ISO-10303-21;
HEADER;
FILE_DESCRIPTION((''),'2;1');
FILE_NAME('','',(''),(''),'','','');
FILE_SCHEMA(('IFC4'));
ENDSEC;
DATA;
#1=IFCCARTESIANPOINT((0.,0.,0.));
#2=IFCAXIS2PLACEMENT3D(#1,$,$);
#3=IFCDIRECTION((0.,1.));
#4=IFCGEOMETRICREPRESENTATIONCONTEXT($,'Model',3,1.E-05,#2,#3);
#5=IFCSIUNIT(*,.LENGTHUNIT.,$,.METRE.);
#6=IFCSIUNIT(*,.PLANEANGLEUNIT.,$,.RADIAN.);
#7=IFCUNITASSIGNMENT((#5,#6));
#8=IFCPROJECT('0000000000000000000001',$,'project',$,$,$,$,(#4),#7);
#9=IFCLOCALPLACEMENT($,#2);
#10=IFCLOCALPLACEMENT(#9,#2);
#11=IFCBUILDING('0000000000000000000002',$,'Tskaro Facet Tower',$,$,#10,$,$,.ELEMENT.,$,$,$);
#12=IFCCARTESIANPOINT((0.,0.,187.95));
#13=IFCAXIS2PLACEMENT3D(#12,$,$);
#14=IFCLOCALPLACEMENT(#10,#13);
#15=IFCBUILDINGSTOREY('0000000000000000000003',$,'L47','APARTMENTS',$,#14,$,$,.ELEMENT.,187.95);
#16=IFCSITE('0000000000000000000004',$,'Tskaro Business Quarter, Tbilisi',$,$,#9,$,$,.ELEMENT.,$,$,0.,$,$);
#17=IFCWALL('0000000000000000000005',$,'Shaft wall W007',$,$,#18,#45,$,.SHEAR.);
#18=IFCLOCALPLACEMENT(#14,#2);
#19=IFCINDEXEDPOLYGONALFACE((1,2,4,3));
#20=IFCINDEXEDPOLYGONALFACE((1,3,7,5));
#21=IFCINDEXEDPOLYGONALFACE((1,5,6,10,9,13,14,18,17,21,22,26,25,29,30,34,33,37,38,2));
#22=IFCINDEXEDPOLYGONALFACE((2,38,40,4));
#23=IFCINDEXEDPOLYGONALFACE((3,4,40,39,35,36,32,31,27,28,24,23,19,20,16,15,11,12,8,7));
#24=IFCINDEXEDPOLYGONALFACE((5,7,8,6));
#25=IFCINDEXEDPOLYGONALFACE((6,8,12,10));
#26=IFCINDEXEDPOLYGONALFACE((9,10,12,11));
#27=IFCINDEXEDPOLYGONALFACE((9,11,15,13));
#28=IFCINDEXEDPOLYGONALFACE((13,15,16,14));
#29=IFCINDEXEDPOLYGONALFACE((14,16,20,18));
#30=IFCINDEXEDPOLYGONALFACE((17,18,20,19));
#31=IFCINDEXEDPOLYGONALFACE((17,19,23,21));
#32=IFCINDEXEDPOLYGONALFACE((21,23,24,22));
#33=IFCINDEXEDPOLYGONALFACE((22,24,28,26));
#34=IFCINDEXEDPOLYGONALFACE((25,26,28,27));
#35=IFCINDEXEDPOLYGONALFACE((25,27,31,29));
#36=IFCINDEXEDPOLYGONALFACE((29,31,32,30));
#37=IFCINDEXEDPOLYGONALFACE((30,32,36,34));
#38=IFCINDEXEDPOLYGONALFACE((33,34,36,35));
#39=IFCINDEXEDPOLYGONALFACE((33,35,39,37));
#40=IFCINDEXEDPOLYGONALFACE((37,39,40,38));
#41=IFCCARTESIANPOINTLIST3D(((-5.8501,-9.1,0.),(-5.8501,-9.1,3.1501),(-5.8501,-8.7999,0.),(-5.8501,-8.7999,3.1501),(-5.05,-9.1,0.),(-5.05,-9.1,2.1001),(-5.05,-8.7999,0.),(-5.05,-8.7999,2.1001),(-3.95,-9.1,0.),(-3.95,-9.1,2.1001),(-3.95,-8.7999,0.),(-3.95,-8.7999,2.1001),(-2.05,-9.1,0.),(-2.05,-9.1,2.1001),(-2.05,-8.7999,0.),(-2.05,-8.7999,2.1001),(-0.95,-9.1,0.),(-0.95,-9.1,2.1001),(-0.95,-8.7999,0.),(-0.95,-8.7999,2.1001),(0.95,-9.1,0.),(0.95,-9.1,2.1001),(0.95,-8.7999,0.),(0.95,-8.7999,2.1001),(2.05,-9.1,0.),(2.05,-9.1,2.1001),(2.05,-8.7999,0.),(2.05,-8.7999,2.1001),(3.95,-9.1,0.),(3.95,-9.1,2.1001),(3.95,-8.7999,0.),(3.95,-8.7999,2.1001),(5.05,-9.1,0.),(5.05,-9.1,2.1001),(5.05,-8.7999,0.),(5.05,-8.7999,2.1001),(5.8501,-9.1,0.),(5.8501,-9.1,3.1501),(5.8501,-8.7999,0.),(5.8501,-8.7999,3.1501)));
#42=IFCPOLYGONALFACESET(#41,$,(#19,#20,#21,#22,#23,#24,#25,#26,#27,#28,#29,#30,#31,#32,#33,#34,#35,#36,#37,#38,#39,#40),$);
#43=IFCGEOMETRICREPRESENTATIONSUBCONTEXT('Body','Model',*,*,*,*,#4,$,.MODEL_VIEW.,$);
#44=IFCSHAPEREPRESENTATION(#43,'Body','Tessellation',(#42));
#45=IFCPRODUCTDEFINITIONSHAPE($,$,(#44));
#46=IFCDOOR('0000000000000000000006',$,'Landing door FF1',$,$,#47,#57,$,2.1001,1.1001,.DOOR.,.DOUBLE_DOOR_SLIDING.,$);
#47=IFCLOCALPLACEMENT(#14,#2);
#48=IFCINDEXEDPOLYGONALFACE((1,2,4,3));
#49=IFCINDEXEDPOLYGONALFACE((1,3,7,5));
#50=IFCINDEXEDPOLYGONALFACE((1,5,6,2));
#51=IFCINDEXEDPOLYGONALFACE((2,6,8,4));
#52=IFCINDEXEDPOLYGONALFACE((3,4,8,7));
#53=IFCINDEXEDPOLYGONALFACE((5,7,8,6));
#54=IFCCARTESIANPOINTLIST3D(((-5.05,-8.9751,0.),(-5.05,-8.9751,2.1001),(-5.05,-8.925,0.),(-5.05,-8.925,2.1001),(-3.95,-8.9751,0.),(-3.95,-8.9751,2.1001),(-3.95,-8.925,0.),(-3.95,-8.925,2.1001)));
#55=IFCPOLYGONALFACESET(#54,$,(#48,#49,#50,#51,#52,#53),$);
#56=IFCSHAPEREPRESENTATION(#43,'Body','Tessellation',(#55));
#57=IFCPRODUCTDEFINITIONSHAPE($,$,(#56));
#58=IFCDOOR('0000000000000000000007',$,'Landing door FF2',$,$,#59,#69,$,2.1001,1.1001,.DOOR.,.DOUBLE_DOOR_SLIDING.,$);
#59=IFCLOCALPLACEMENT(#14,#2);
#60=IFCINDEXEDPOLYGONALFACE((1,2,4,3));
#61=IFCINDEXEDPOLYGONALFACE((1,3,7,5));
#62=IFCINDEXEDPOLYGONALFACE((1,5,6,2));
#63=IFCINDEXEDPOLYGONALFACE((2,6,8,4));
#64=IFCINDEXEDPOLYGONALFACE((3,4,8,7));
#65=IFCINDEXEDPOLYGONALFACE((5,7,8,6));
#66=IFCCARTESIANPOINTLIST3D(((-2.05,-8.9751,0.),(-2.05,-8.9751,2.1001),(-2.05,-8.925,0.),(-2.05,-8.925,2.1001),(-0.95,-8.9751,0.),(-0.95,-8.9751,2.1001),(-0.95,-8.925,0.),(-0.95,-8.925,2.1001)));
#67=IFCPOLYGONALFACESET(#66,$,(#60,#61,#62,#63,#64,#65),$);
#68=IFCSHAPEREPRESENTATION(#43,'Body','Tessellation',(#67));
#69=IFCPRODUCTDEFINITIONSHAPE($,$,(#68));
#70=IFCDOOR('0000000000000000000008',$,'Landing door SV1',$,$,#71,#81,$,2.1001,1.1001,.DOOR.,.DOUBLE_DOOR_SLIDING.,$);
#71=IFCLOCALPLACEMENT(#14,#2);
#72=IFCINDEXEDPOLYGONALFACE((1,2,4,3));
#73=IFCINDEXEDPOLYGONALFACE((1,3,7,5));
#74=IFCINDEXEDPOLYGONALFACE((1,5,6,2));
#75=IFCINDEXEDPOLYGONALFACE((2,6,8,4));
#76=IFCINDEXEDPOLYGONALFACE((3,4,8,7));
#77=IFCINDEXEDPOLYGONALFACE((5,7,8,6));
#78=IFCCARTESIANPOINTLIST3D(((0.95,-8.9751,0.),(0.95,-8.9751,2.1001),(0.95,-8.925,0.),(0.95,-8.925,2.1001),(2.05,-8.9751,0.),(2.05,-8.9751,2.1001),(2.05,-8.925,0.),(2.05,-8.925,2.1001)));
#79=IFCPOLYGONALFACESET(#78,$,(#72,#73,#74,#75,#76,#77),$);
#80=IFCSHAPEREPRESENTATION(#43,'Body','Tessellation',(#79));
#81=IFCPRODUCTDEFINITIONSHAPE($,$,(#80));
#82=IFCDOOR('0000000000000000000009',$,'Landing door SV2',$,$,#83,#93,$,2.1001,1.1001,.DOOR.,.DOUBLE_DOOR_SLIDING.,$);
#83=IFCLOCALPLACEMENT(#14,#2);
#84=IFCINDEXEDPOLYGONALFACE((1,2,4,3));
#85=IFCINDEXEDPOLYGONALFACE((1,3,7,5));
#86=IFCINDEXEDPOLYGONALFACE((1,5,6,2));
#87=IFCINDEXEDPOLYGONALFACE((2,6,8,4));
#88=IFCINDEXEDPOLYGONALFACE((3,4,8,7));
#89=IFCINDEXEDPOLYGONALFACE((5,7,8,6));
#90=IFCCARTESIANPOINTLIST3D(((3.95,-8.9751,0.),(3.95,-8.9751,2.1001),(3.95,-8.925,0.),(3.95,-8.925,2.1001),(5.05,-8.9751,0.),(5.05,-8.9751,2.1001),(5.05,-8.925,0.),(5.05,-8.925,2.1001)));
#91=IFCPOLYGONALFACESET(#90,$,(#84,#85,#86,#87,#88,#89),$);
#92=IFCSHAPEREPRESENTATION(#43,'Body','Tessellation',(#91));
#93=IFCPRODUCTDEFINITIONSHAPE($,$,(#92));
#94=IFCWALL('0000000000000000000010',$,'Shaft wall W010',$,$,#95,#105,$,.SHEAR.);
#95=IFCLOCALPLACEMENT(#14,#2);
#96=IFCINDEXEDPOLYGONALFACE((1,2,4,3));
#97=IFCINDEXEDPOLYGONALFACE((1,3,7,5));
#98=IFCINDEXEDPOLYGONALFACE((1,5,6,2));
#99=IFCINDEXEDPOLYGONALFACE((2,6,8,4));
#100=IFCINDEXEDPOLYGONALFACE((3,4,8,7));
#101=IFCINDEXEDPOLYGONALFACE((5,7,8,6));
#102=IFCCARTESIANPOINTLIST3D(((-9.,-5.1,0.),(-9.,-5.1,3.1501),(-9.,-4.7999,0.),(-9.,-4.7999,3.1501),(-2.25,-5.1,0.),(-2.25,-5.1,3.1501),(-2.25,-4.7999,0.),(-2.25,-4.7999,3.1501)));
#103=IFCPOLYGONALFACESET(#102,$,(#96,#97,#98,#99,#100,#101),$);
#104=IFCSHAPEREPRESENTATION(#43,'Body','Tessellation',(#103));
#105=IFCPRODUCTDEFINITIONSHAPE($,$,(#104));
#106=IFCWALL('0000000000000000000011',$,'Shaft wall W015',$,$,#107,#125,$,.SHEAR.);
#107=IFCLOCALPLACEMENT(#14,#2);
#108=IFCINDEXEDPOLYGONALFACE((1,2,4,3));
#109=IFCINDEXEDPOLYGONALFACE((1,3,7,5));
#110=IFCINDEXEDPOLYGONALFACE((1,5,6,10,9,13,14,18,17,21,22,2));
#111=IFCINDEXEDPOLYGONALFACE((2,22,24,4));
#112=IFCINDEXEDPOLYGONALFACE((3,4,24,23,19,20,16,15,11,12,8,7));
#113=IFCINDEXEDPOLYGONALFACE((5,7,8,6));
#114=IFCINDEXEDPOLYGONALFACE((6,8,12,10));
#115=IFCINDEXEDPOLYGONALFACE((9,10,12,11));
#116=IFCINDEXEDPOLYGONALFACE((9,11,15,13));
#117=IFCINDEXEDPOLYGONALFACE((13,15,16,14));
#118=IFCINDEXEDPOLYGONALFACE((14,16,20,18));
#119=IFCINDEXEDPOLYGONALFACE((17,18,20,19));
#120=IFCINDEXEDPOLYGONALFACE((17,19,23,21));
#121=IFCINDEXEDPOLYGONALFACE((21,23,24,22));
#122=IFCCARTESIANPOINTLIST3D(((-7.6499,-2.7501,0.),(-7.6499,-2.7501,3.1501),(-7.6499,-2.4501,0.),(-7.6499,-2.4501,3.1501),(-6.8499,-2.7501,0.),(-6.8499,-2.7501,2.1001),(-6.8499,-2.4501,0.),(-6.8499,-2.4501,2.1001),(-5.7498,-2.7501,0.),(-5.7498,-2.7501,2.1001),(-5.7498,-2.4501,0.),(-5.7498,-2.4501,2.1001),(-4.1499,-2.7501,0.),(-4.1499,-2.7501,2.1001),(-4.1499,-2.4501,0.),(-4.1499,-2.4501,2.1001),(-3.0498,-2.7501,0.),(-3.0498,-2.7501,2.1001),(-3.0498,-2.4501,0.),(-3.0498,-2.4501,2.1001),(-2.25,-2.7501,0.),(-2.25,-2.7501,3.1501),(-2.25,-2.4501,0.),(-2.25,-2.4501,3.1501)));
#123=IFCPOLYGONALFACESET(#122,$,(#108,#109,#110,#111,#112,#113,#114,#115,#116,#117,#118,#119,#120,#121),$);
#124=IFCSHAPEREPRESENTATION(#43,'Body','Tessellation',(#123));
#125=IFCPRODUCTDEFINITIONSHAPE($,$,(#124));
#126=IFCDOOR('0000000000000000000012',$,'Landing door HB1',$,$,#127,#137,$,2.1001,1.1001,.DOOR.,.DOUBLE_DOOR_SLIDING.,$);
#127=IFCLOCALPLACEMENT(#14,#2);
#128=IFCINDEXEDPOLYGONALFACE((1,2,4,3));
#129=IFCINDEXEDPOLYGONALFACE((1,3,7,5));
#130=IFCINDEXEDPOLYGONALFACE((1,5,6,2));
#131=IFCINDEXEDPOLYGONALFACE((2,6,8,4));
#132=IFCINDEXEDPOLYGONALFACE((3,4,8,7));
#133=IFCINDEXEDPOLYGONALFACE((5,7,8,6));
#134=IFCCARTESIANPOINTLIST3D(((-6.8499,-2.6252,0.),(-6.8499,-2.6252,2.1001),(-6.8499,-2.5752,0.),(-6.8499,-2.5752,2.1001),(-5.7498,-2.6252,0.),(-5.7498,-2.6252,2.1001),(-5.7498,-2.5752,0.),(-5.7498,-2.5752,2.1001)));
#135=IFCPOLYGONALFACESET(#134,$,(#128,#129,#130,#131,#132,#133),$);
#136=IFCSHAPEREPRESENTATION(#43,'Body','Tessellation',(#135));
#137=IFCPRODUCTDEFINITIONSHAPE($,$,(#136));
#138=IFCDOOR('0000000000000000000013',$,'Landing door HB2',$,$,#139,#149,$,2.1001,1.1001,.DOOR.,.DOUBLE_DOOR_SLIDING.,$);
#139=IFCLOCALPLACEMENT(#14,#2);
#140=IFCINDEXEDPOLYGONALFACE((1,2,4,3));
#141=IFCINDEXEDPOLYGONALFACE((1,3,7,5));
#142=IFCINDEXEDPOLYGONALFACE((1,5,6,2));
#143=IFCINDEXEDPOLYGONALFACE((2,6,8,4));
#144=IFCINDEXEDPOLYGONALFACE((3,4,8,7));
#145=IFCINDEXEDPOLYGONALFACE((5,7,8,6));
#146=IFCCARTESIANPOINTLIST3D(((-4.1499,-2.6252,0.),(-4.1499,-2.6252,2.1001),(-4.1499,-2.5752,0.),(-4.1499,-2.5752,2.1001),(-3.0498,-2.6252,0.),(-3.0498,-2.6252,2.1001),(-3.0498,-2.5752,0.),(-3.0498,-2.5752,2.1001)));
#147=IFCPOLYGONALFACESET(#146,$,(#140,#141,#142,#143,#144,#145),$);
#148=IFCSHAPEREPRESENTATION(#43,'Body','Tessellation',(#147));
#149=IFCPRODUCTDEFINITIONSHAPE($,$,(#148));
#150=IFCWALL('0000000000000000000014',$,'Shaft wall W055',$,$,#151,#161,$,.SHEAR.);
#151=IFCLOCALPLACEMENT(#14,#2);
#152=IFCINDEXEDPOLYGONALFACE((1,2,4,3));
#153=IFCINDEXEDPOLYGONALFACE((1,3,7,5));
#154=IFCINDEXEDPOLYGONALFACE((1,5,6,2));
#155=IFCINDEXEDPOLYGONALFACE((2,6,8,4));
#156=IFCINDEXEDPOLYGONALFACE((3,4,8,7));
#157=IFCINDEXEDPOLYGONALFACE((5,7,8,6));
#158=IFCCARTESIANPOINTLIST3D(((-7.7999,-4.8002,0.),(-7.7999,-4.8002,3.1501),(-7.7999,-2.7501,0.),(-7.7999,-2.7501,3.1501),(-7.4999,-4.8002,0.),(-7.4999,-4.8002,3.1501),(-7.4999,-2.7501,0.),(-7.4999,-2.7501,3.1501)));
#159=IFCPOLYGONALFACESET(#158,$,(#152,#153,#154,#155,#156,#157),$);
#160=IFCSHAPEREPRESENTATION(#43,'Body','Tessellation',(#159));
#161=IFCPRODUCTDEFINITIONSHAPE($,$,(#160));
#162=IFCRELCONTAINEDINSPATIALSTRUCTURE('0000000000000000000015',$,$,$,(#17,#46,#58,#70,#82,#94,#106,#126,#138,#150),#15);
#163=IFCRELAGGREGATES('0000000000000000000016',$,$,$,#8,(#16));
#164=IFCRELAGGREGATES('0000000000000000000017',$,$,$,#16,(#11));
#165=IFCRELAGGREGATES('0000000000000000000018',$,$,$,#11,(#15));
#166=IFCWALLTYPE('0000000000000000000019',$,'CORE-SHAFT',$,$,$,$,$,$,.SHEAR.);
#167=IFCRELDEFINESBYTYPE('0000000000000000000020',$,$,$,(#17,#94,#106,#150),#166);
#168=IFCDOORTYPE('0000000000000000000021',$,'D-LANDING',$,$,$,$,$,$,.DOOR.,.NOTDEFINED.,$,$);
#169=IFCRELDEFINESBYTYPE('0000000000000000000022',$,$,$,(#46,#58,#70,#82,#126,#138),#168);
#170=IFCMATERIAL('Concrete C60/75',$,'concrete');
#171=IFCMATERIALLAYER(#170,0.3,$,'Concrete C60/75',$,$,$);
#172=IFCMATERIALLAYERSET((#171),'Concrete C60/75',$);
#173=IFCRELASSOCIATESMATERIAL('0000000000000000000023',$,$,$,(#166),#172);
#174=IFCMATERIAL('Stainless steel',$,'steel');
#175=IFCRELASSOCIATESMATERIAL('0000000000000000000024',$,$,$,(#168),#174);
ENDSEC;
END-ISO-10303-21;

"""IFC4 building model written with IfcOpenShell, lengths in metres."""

from ifc_helpers import new_model, si_unit, direction, frame, frame_2d, origin, place, context, subcontext, project, spatial, rectangle, extrude, material, layer, layer_set, type_object, element, fill, save


model = new_model("IFC4")

# Units and contexts
model_context = context("Model", 3, precision=1e-05, world=origin(), true_north=direction((0.0, 1.0)))
body_context = subcontext(model_context, "Body", "Model", "MODEL_VIEW")
ifc_project = project(units=[si_unit("LENGTHUNIT", "METRE"), si_unit("PLANEANGLEUNIT", "RADIAN")], contexts=[model_context])

# Site, building, storey
site_placement = place(None, origin())
site = spatial("IfcSite", under=ifc_project, at=site_placement, Name="Tskaro Business Quarter, Tbilisi", CompositionType="ELEMENT", RefElevation=0.0)
building_placement = place(site_placement, origin())
building = spatial("IfcBuilding", under=site, at=building_placement, Name="Tskaro Facet Tower", CompositionType="ELEMENT")
storey_placement = place(building_placement, frame((0.0, 0.0, 187.95)))
storey = spatial("IfcBuildingStorey", under=building, at=storey_placement, Name="L47", Description="APARTMENTS", CompositionType="ELEMENT", Elevation=187.95)

# Wall, openings, doors
ifc_material_1 = material(Name="Concrete C60/75", Category="concrete")
ifc_layer_1 = layer(ifc_material_1, 0.3, Name="Concrete C60/75")
ifc_layer_set_1 = layer_set([ifc_layer_1], Name="Concrete C60/75")
wall_type_1 = type_object("IfcWallType", Name="CORE-SHAFT", PredefinedType="SHEAR", material=ifc_layer_set_1)
wall_1_placement = place(storey_placement, frame((-5.8501, -8.95, 0.0), z_axis=(0.0, 0.0, 1.0), x_axis=(1.0, 0.0, 0.0)))
wall_1 = element("IfcWall", 1, at=wall_1_placement, inside=storey, type_object=wall_type_1, Name="Shaft wall W007", PredefinedType="SHEAR", context=body_context, shape_type="SweptSolid", body=[
    extrude(rectangle(XDim=11.7002, YDim=0.3, at=frame_2d((5.8501, 0.0))), origin(), (0.0, 0.0, 1.0), 3.1501),
])
opening_1_placement = place(wall_1_placement, frame((0.8, 0.0, 0.0)))
opening_1 = element("IfcOpeningElement", 2, at=opening_1_placement, cuts=wall_1, PredefinedType="OPENING", context=body_context, shape_type="SweptSolid", body=[
    extrude(rectangle(XDim=1.1001, YDim=2.1001, at=frame_2d((0.55, 1.05))), frame((0.0, 0.1599, 0.0), z_axis=(0.0, -1.0, 0.0), x_axis=(1.0, 0.0, 0.0)), (0.0, 0.0, 1.0), 0.3201),
])
opening_2_placement = place(wall_1_placement, frame((3.8, 0.0, 0.0)))
opening_2 = element("IfcOpeningElement", 3, at=opening_2_placement, cuts=wall_1, PredefinedType="OPENING", context=body_context, shape_type="SweptSolid", body=[
    extrude(rectangle(XDim=1.1001, YDim=2.1001, at=frame_2d((0.55, 1.05))), frame((0.0, 0.1599, 0.0), z_axis=(0.0, -1.0, 0.0), x_axis=(1.0, 0.0, 0.0)), (0.0, 0.0, 1.0), 0.3201),
])
opening_3_placement = place(wall_1_placement, frame((6.8, 0.0, 0.0)))
opening_3 = element("IfcOpeningElement", 4, at=opening_3_placement, cuts=wall_1, PredefinedType="OPENING", context=body_context, shape_type="SweptSolid", body=[
    extrude(rectangle(XDim=1.1001, YDim=2.1001, at=frame_2d((0.55, 1.05))), frame((0.0, 0.1599, 0.0), z_axis=(0.0, -1.0, 0.0), x_axis=(1.0, 0.0, 0.0)), (0.0, 0.0, 1.0), 0.3201),
])
opening_4_placement = place(wall_1_placement, frame((9.8, 0.0, 0.0)))
opening_4 = element("IfcOpeningElement", 5, at=opening_4_placement, cuts=wall_1, PredefinedType="OPENING", context=body_context, shape_type="SweptSolid", body=[
    extrude(rectangle(XDim=1.1001, YDim=2.1001, at=frame_2d((0.55, 1.05))), frame((0.0, 0.1599, 0.0), z_axis=(0.0, -1.0, 0.0), x_axis=(1.0, 0.0, 0.0)), (0.0, 0.0, 1.0), 0.3201),
])
ifc_material_2 = material(Name="Stainless steel", Category="steel")
door_type_1 = type_object("IfcDoorType", Name="D-LANDING", OperationType="NOTDEFINED", PredefinedType="DOOR", material=ifc_material_2)
door_1_placement = place(opening_1_placement, origin())
door_1 = element("IfcDoor", 6, at=door_1_placement, inside=storey, type_object=door_type_1, Name="Landing door FF1", OperationType="DOUBLE_DOOR_SLIDING", OverallHeight=2.1001, OverallWidth=1.1001, PredefinedType="DOOR", context=body_context, shape_type="SweptSolid", body=[
    extrude(rectangle(XDim=1.1001, YDim=2.1001, at=frame_2d((0.55, 1.05))), frame((0.0, 0.0249, 0.0), z_axis=(0.0, -1.0, 0.0), x_axis=(1.0, 0.0, 0.0)), (0.0, 0.0, 1.0), 0.05),
])
fill(opening_1, door_1)
door_2_placement = place(opening_2_placement, origin())
door_2 = element("IfcDoor", 7, at=door_2_placement, inside=storey, type_object=door_type_1, Name="Landing door FF2", OperationType="DOUBLE_DOOR_SLIDING", OverallHeight=2.1001, OverallWidth=1.1001, PredefinedType="DOOR", context=body_context, shape_type="SweptSolid", body=[
    extrude(rectangle(XDim=1.1001, YDim=2.1001, at=frame_2d((0.55, 1.05))), frame((0.0, 0.0249, 0.0), z_axis=(0.0, -1.0, 0.0), x_axis=(1.0, 0.0, 0.0)), (0.0, 0.0, 1.0), 0.05),
])
fill(opening_2, door_2)
door_3_placement = place(opening_3_placement, origin())
door_3 = element("IfcDoor", 8, at=door_3_placement, inside=storey, type_object=door_type_1, Name="Landing door SV1", OperationType="DOUBLE_DOOR_SLIDING", OverallHeight=2.1001, OverallWidth=1.1001, PredefinedType="DOOR", context=body_context, shape_type="SweptSolid", body=[
    extrude(rectangle(XDim=1.1001, YDim=2.1001, at=frame_2d((0.55, 1.05))), frame((0.0, 0.0249, 0.0), z_axis=(0.0, -1.0, 0.0), x_axis=(1.0, 0.0, 0.0)), (0.0, 0.0, 1.0), 0.05),
])
fill(opening_3, door_3)
door_4_placement = place(opening_4_placement, origin())
door_4 = element("IfcDoor", 9, at=door_4_placement, inside=storey, type_object=door_type_1, Name="Landing door SV2", OperationType="DOUBLE_DOOR_SLIDING", OverallHeight=2.1001, OverallWidth=1.1001, PredefinedType="DOOR", context=body_context, shape_type="SweptSolid", body=[
    extrude(rectangle(XDim=1.1001, YDim=2.1001, at=frame_2d((0.55, 1.05))), frame((0.0, 0.0249, 0.0), z_axis=(0.0, -1.0, 0.0), x_axis=(1.0, 0.0, 0.0)), (0.0, 0.0, 1.0), 0.05),
])
fill(opening_4, door_4)

# Wall
wall_2_placement = place(storey_placement, frame((-9.0, -4.95, 0.0), z_axis=(0.0, 0.0, 1.0), x_axis=(1.0, 0.0, 0.0)))
element("IfcWall", 10, at=wall_2_placement, inside=storey, type_object=wall_type_1, Name="Shaft wall W010", PredefinedType="SHEAR", context=body_context, shape_type="SweptSolid", body=[
    extrude(rectangle(XDim=6.75, YDim=0.3, at=frame_2d((3.375, 0.0))), origin(), (0.0, 0.0, 1.0), 3.1501),
])

# Wall, openings, doors
wall_3_placement = place(storey_placement, frame((-7.6499, -2.6001, 0.0), z_axis=(0.0, 0.0, 1.0), x_axis=(1.0, 0.0, 0.0)))
wall_3 = element("IfcWall", 11, at=wall_3_placement, inside=storey, type_object=wall_type_1, Name="Shaft wall W015", PredefinedType="SHEAR", context=body_context, shape_type="SweptSolid", body=[
    extrude(rectangle(XDim=5.3999, YDim=0.3, at=frame_2d((2.7, 0.0))), origin(), (0.0, 0.0, 1.0), 3.1501),
])
opening_5_placement = place(wall_3_placement, frame((0.8, 0.0, 0.0)))
opening_5 = element("IfcOpeningElement", 12, at=opening_5_placement, cuts=wall_3, PredefinedType="OPENING", context=body_context, shape_type="SweptSolid", body=[
    extrude(rectangle(XDim=1.1001, YDim=2.1001, at=frame_2d((0.55, 1.05))), frame((0.0, 0.1599, 0.0), z_axis=(0.0, -1.0, 0.0), x_axis=(1.0, 0.0, 0.0)), (0.0, 0.0, 1.0), 0.3201),
])
opening_6_placement = place(wall_3_placement, frame((3.5, 0.0, 0.0)))
opening_6 = element("IfcOpeningElement", 13, at=opening_6_placement, cuts=wall_3, PredefinedType="OPENING", context=body_context, shape_type="SweptSolid", body=[
    extrude(rectangle(XDim=1.1001, YDim=2.1001, at=frame_2d((0.55, 1.05))), frame((0.0, 0.1599, 0.0), z_axis=(0.0, -1.0, 0.0), x_axis=(1.0, 0.0, 0.0)), (0.0, 0.0, 1.0), 0.3201),
])
door_5_placement = place(opening_5_placement, origin())
door_5 = element("IfcDoor", 14, at=door_5_placement, inside=storey, type_object=door_type_1, Name="Landing door HB1", OperationType="DOUBLE_DOOR_SLIDING", OverallHeight=2.1001, OverallWidth=1.1001, PredefinedType="DOOR", context=body_context, shape_type="SweptSolid", body=[
    extrude(rectangle(XDim=1.1001, YDim=2.1001, at=frame_2d((0.55, 1.05))), frame((0.0, 0.0249, 0.0), z_axis=(0.0, -1.0, 0.0), x_axis=(1.0, 0.0, 0.0)), (0.0, 0.0, 1.0), 0.05),
])
fill(opening_5, door_5)
door_6_placement = place(opening_6_placement, origin())
door_6 = element("IfcDoor", 15, at=door_6_placement, inside=storey, type_object=door_type_1, Name="Landing door HB2", OperationType="DOUBLE_DOOR_SLIDING", OverallHeight=2.1001, OverallWidth=1.1001, PredefinedType="DOOR", context=body_context, shape_type="SweptSolid", body=[
    extrude(rectangle(XDim=1.1001, YDim=2.1001, at=frame_2d((0.55, 1.05))), frame((0.0, 0.0249, 0.0), z_axis=(0.0, -1.0, 0.0), x_axis=(1.0, 0.0, 0.0)), (0.0, 0.0, 1.0), 0.05),
])
fill(opening_6, door_6)

# Wall
wall_4_placement = place(storey_placement, frame((-7.6499, -4.8, 0.0), z_axis=(0.0, 0.0, 1.0), x_axis=(0.0, 1.0, 0.0)))
element("IfcWall", 16, at=wall_4_placement, inside=storey, type_object=wall_type_1, Name="Shaft wall W055", PredefinedType="SHEAR", context=body_context, shape_type="SweptSolid", body=[
    extrude(rectangle(XDim=2.05, YDim=0.3, at=frame_2d((1.0249, 0.0))), origin(), (0.0, 0.0, 1.0), 3.1501),
])

save(model, "model.ifc")
